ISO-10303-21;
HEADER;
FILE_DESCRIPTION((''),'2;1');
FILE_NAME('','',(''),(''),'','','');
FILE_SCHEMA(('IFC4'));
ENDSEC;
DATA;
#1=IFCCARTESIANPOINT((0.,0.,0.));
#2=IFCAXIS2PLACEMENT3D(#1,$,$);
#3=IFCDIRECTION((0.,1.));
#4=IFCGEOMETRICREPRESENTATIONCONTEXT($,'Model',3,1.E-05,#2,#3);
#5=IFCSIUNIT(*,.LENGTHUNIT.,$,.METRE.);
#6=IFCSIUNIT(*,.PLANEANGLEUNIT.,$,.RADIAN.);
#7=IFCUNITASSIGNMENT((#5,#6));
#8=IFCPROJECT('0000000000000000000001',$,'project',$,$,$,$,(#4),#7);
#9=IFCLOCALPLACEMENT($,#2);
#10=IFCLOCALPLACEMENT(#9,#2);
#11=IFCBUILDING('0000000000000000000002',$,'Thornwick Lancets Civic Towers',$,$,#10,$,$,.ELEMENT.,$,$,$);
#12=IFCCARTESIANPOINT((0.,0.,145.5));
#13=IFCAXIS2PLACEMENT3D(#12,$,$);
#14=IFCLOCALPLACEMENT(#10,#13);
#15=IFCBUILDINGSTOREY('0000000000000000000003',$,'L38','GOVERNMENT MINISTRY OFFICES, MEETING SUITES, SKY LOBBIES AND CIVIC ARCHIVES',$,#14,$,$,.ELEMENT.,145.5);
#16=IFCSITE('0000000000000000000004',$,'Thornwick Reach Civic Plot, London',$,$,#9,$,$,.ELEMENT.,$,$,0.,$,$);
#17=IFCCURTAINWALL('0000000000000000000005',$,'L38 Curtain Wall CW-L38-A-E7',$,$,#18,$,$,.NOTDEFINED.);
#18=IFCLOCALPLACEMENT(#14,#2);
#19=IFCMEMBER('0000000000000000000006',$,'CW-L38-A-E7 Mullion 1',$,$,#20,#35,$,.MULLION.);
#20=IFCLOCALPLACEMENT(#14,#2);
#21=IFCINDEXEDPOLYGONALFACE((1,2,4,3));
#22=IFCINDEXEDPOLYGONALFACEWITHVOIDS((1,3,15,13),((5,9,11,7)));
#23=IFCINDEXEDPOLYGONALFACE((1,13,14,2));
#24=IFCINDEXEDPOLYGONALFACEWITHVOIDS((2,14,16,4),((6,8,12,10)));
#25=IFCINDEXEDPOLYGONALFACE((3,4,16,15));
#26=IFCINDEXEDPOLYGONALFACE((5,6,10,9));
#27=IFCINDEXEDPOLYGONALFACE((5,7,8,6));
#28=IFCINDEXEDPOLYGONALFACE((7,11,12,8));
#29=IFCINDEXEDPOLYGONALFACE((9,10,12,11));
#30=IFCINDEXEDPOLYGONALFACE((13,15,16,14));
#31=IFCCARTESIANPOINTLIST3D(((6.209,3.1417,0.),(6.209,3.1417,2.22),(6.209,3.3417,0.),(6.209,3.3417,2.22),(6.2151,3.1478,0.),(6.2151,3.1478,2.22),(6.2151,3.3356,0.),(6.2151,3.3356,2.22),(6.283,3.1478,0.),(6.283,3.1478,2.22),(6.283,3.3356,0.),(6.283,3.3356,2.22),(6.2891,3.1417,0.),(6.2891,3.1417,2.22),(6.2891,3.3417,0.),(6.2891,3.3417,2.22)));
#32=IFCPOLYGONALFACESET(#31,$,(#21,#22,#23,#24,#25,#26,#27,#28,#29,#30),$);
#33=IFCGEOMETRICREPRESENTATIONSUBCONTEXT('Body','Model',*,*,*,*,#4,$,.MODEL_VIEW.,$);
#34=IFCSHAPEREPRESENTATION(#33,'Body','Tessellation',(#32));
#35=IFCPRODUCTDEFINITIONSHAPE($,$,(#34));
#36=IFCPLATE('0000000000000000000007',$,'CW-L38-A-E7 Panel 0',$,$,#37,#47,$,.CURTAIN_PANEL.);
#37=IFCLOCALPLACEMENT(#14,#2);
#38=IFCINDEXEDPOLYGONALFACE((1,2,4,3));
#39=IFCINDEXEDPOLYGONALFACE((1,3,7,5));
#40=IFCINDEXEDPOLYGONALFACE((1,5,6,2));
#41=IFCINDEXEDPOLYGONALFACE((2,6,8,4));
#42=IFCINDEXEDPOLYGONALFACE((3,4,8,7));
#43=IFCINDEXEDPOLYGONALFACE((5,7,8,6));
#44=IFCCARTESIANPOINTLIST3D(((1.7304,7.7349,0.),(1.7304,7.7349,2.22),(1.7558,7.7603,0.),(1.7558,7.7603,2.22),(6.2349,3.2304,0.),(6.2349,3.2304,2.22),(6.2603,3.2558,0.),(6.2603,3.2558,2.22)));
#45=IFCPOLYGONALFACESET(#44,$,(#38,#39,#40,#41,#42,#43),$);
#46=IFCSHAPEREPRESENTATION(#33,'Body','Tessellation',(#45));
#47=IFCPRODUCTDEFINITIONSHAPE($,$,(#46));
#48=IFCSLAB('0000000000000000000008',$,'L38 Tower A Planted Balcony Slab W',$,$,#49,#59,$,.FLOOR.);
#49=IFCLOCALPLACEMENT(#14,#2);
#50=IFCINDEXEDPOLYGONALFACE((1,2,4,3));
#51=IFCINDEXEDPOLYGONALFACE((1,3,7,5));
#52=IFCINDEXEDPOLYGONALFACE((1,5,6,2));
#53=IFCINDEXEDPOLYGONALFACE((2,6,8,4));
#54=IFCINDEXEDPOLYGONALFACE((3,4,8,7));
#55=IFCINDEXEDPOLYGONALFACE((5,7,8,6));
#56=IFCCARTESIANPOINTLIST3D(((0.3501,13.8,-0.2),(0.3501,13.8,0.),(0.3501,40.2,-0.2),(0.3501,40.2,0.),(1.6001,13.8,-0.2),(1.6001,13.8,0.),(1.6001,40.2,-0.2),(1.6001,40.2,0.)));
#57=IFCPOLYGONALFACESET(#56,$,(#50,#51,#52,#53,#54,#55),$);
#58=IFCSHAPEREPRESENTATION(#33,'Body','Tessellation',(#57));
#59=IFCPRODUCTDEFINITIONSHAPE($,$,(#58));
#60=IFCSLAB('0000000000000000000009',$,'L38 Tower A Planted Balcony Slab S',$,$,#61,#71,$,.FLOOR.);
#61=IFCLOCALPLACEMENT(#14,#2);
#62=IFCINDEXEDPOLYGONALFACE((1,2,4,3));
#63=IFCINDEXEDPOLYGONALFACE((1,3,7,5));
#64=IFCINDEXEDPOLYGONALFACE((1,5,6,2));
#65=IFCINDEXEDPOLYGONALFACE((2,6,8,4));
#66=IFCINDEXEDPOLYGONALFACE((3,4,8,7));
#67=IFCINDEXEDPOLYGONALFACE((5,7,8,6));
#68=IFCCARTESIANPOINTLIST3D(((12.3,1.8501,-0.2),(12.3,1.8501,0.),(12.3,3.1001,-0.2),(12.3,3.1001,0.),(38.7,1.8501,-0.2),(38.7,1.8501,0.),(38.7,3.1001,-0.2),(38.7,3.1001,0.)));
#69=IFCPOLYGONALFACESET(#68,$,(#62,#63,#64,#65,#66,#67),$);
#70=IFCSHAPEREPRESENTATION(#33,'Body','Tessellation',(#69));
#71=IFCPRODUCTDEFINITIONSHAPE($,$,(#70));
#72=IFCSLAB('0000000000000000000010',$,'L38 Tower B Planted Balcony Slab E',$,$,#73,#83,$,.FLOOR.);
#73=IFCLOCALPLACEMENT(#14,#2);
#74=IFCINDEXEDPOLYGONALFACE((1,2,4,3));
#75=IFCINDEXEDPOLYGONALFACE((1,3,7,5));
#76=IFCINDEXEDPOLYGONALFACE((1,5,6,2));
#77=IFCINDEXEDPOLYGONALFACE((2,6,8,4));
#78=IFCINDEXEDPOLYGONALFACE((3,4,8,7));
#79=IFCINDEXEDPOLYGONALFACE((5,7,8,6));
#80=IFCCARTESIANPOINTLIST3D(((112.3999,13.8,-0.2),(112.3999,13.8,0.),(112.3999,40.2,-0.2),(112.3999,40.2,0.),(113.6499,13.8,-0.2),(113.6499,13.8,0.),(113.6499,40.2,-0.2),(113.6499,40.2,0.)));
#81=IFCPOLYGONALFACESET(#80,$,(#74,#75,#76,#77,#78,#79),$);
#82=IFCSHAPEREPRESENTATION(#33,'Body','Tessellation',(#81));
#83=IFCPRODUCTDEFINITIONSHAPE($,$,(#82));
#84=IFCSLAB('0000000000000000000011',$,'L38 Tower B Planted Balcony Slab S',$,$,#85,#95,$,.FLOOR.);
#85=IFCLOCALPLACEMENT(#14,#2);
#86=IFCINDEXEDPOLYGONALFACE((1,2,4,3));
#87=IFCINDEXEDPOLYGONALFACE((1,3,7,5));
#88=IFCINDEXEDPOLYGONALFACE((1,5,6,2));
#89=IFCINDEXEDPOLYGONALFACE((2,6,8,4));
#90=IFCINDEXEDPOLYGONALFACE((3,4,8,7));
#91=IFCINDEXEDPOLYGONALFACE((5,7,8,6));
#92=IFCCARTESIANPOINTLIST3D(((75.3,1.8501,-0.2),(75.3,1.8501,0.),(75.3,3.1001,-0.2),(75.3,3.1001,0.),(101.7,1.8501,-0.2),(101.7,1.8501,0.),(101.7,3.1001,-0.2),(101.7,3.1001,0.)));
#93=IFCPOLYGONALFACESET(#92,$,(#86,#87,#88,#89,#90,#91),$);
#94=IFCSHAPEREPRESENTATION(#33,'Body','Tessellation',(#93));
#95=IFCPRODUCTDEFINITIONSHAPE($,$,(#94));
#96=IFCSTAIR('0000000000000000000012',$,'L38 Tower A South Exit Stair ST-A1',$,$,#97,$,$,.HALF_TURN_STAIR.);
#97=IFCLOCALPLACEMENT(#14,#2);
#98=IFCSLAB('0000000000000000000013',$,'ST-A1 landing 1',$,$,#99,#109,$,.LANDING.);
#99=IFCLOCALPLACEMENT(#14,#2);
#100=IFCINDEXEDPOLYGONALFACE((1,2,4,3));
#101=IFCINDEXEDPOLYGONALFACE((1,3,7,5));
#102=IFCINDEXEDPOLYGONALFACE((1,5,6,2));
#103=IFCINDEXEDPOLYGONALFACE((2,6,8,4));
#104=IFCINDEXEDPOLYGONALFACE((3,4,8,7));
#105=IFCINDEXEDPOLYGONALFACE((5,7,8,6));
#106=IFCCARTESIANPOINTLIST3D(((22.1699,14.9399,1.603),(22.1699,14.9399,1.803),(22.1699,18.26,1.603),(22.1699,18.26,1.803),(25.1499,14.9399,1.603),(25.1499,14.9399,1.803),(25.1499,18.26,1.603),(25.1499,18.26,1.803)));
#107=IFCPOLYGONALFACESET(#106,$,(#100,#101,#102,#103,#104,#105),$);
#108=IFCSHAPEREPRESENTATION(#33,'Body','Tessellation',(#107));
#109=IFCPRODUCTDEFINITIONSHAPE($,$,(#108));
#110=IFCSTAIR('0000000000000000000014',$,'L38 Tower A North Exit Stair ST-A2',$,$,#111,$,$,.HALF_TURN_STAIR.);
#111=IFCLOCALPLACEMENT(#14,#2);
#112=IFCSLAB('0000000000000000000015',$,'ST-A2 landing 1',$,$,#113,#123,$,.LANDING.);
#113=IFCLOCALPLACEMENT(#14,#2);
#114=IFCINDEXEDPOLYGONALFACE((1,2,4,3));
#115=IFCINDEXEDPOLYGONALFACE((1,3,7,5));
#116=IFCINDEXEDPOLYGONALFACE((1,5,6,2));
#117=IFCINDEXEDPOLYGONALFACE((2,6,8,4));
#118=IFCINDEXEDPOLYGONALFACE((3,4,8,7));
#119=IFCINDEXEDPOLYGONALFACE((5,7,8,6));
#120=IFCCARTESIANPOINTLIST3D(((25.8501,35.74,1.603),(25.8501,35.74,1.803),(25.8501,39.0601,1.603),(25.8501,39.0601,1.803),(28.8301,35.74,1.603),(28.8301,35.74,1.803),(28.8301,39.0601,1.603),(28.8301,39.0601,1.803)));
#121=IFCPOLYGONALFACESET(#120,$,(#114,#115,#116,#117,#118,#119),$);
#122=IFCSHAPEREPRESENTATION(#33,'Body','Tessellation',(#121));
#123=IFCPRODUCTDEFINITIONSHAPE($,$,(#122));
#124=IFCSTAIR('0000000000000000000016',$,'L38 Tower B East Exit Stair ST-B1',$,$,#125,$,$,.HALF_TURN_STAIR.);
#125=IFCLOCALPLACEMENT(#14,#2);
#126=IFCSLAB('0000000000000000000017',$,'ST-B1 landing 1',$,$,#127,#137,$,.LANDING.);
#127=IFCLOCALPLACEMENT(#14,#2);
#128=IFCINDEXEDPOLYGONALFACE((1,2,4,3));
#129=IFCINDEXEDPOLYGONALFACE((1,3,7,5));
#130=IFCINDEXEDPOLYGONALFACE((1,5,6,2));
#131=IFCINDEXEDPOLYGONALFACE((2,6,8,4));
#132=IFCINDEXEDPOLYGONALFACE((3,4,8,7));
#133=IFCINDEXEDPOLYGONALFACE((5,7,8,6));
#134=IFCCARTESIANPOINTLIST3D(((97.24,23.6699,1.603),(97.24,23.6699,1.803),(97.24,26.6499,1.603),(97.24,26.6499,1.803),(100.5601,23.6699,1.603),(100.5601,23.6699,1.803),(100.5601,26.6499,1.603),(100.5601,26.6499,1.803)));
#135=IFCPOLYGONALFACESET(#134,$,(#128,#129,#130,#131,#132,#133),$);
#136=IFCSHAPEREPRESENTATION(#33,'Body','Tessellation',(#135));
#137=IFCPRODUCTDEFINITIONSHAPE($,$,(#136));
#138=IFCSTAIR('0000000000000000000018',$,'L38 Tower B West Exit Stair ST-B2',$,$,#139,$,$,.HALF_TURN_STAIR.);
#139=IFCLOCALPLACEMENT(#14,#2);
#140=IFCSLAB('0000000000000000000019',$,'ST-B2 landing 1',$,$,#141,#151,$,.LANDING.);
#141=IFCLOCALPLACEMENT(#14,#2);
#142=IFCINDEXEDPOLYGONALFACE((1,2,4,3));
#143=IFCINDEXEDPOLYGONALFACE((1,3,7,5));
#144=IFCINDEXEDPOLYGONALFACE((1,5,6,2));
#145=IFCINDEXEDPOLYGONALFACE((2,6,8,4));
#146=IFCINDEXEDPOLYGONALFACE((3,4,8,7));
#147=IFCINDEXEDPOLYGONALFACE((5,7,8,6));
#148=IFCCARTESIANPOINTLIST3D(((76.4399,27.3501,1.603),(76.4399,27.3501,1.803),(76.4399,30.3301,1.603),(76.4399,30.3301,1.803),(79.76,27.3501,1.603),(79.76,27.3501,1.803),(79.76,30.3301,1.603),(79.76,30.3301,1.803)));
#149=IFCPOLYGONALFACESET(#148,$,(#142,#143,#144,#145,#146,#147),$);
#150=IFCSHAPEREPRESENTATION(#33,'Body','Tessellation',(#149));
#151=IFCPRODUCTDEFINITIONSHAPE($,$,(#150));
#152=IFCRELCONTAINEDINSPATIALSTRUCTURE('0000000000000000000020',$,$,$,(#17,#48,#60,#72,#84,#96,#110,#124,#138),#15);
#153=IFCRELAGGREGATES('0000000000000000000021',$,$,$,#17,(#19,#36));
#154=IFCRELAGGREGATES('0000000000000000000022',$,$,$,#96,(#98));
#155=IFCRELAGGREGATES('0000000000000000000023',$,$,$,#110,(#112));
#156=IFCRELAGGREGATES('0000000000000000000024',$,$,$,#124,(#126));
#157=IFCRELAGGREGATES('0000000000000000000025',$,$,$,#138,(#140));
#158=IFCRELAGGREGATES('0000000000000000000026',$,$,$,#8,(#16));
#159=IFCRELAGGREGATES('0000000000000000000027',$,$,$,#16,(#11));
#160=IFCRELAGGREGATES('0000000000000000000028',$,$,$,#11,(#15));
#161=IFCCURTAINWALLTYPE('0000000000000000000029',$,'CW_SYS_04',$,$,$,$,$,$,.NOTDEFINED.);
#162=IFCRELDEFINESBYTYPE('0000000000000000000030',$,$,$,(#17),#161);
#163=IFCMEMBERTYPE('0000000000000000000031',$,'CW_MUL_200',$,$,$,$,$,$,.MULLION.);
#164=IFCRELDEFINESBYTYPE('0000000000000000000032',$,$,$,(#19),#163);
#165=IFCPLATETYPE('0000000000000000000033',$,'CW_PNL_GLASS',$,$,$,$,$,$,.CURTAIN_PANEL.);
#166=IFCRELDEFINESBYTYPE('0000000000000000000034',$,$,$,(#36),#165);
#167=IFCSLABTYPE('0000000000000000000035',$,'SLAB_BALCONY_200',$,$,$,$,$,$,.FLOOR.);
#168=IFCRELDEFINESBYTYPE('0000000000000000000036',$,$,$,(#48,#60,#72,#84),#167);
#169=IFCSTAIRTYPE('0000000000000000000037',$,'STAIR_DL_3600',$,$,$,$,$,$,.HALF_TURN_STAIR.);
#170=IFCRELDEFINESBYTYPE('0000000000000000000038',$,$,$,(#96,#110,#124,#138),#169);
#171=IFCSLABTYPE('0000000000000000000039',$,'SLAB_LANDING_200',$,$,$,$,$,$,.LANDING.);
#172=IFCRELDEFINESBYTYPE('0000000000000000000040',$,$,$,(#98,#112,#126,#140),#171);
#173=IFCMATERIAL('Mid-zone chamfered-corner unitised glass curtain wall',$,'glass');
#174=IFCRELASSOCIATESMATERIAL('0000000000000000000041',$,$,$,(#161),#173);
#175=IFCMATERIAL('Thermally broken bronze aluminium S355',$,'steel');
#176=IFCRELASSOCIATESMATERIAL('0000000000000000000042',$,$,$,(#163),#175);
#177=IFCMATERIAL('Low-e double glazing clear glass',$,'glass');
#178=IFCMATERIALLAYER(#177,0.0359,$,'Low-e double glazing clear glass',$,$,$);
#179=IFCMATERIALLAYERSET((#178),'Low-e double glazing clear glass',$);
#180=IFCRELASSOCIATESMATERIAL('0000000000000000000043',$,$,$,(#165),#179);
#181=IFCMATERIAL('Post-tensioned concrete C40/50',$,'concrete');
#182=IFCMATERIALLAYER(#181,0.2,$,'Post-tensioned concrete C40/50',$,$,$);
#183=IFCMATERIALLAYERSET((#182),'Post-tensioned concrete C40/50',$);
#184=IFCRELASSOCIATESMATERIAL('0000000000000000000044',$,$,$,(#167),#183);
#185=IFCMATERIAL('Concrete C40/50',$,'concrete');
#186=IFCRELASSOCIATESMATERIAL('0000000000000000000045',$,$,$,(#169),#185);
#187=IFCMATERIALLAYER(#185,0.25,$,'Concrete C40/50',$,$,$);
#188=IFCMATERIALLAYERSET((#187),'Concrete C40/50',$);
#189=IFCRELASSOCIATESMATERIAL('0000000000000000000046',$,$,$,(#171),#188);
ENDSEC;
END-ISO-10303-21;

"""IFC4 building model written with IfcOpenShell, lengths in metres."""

from ifc_helpers import new_model, si_unit, direction, frame, origin, origin_2d, place, context, subcontext, project, spatial, polyline, rectangle, hollow_rectangle, outline, extrude, material, layer, layer_set, material_profile, profile_set, type_object, element, aggregate, save


model = new_model("IFC4")

# Units and contexts
model_context = context("Model", 3, precision=1e-05, world=origin(), true_north=direction((0.0, 1.0)))
body_context = subcontext(model_context, "Body", "Model", "MODEL_VIEW")
ifc_project = project(units=[si_unit("LENGTHUNIT", "METRE"), si_unit("PLANEANGLEUNIT", "RADIAN")], contexts=[model_context])

# Site, building, storey
site_placement = place(None, origin())
site = spatial("IfcSite", under=ifc_project, at=site_placement, Name="Thornwick Reach Civic Plot, London", CompositionType="ELEMENT", RefElevation=0.0)
building_placement = place(site_placement, origin())
building = spatial("IfcBuilding", under=site, at=building_placement, Name="Thornwick Lancets Civic Towers", CompositionType="ELEMENT")
storey_placement = place(building_placement, frame((0.0, 0.0, 145.5)))
storey = spatial("IfcBuildingStorey", under=building, at=storey_placement, Name="L38", Description="GOVERNMENT MINISTRY OFFICES, MEETING SUITES, SKY LOBBIES AND CIVIC ARCHIVES", CompositionType="ELEMENT", Elevation=145.5)

# Curtain wall, member, plate
ifc_material_1 = material(Name="Mid-zone chamfered-corner unitised glass curtain wall", Category="glass")
curtain_wall_type = type_object("IfcCurtainWallType", Name="CW_SYS_04", PredefinedType="NOTDEFINED", material=ifc_material_1)
curtain_wall_placement = place(storey_placement, origin())
curtain_wall = element("IfcCurtainWall", 1, at=curtain_wall_placement, inside=storey, type_object=curtain_wall_type, Name="L38 Curtain Wall CW-L38-A-E7", PredefinedType="NOTDEFINED")
ifc_material_2 = material(Name="Thermally broken bronze aluminium S355", Category="steel")
ifc_material_profile = material_profile(ifc_material_2, hollow_rectangle(XDim=0.0801, YDim=0.2, WallThickness=0.0061, at=origin_2d()), Name="RHS 200x80x6")
ifc_profile_set = profile_set([ifc_material_profile], Name="Thermally broken bronze aluminium S355")
member_type = type_object("IfcMemberType", Name="CW_MUL_200", PredefinedType="MULLION", material=ifc_profile_set)
member_placement = place(storey_placement, frame((6.249, 3.2417, 0.0), z_axis=(0.0, 0.0, 1.0), x_axis=(1.0, 0.0, 0.0)))
member = element("IfcMember", 2, at=member_placement, type_object=member_type, Name="CW-L38-A-E7 Mullion 1", PredefinedType="MULLION", context=body_context, shape_type="SweptSolid", body=[
    extrude(hollow_rectangle(XDim=0.0801, YDim=0.2, WallThickness=0.0061, at=origin_2d()), origin(), (0.0, 0.0, 1.0), 2.22),
])
ifc_material_3 = material(Name="Low-e double glazing clear glass", Category="glass")
ifc_layer_1 = layer(ifc_material_3, 0.0359, Name="Low-e double glazing clear glass")
ifc_layer_set_1 = layer_set([ifc_layer_1], Name="Low-e double glazing clear glass")
plate_type = type_object("IfcPlateType", Name="CW_PNL_GLASS", PredefinedType="CURTAIN_PANEL", material=ifc_layer_set_1)
plate_placement = place(storey_placement, frame((3.9954, 5.4954, 0.0), z_axis=(0.0, 0.0, 1.0), x_axis=(0.707107, -0.707107, 0.0)))
plate = element("IfcPlate", 3, at=plate_placement, type_object=plate_type, Name="CW-L38-A-E7 Panel 0", PredefinedType="CURTAIN_PANEL", context=body_context, shape_type="SweptSolid", body=[
    extrude(rectangle(XDim=6.3704, YDim=0.0359, at=origin_2d()), origin(), (0.0, 0.0, 1.0), 2.22),
])
aggregate(curtain_wall, [member, plate])

# Slabs
ifc_material_4 = material(Name="Post-tensioned concrete C40/50", Category="concrete")
ifc_layer_2 = layer(ifc_material_4, 0.2, Name="Post-tensioned concrete C40/50")
ifc_layer_set_2 = layer_set([ifc_layer_2], Name="Post-tensioned concrete C40/50")
slab_type_1 = type_object("IfcSlabType", Name="SLAB_BALCONY_200", PredefinedType="FLOOR", material=ifc_layer_set_2)
slab_1_placement = place(storey_placement, frame((0.0, 0.0, -0.2)))
element("IfcSlab", 4, at=slab_1_placement, inside=storey, type_object=slab_type_1, Name="L38 Tower A Planted Balcony Slab W", PredefinedType="FLOOR", context=body_context, shape_type="SweptSolid", body=[
    extrude(outline(polyline([(0.3501, 13.8), (1.6001, 13.8), (1.6001, 40.2), (0.3501, 40.2), (0.3501, 13.8)])), origin(), (0.0, 0.0, 1.0), 0.2),
])
slab_2_placement = place(storey_placement, frame((0.0, 0.0, -0.2)))
element("IfcSlab", 5, at=slab_2_placement, inside=storey, type_object=slab_type_1, Name="L38 Tower A Planted Balcony Slab S", PredefinedType="FLOOR", context=body_context, shape_type="SweptSolid", body=[
    extrude(outline(polyline([(12.3, 1.8501), (38.7, 1.8501), (38.7, 3.1001), (12.3, 3.1001), (12.3, 1.8501)])), origin(), (0.0, 0.0, 1.0), 0.2),
])
slab_3_placement = place(storey_placement, frame((0.0, 0.0, -0.2)))
element("IfcSlab", 6, at=slab_3_placement, inside=storey, type_object=slab_type_1, Name="L38 Tower B Planted Balcony Slab E", PredefinedType="FLOOR", context=body_context, shape_type="SweptSolid", body=[
    extrude(outline(polyline([(112.3999, 13.8), (113.6499, 13.8), (113.6499, 40.2), (112.3999, 40.2), (112.3999, 13.8)])), origin(), (0.0, 0.0, 1.0), 0.2),
])
slab_4_placement = place(storey_placement, frame((0.0, 0.0, -0.2)))
element("IfcSlab", 7, at=slab_4_placement, inside=storey, type_object=slab_type_1, Name="L38 Tower B Planted Balcony Slab S", PredefinedType="FLOOR", context=body_context, shape_type="SweptSolid", body=[
    extrude(outline(polyline([(75.3, 1.8501), (101.7, 1.8501), (101.7, 3.1001), (75.3, 3.1001), (75.3, 1.8501)])), origin(), (0.0, 0.0, 1.0), 0.2),
])

# Stairs, slabs
ifc_material_5 = material(Name="Concrete C40/50", Category="concrete")
stair_type = type_object("IfcStairType", Name="STAIR_DL_3600", PredefinedType="HALF_TURN_STAIR", material=ifc_material_5)
stair_1_placement = place(storey_placement, origin())
stair_1 = element("IfcStair", 8, at=stair_1_placement, inside=storey, type_object=stair_type, Name="L38 Tower A South Exit Stair ST-A1", PredefinedType="HALF_TURN_STAIR")
ifc_layer_3 = layer(ifc_material_5, 0.25, Name="Concrete C40/50")
ifc_layer_set_3 = layer_set([ifc_layer_3], Name="Concrete C40/50")
slab_type_2 = type_object("IfcSlabType", Name="SLAB_LANDING_200", PredefinedType="LANDING", material=ifc_layer_set_3)
slab_5_placement = place(storey_placement, frame((0.0, 0.0, 1.603)))
slab_5 = element("IfcSlab", 9, at=slab_5_placement, type_object=slab_type_2, Name="ST-A1 landing 1", PredefinedType="LANDING", context=body_context, shape_type="SweptSolid", body=[
    extrude(outline(polyline([(22.1699, 14.9399), (25.1499, 14.9399), (25.1499, 18.26), (22.1699, 18.26), (22.1699, 14.9399)])), origin(), (0.0, 0.0, 1.0), 0.2),
])
aggregate(stair_1, [slab_5])
stair_2_placement = place(storey_placement, origin())
stair_2 = element("IfcStair", 10, at=stair_2_placement, inside=storey, type_object=stair_type, Name="L38 Tower A North Exit Stair ST-A2", PredefinedType="HALF_TURN_STAIR")
slab_6_placement = place(storey_placement, frame((0.0, 0.0, 1.603)))
slab_6 = element("IfcSlab", 11, at=slab_6_placement, type_object=slab_type_2, Name="ST-A2 landing 1", PredefinedType="LANDING", context=body_context, shape_type="SweptSolid", body=[
    extrude(outline(polyline([(28.8301, 39.0601), (25.8501, 39.0601), (25.8501, 35.74), (28.8301, 35.74), (28.8301, 39.0601)])), origin(), (0.0, 0.0, 1.0), 0.2),
])
aggregate(stair_2, [slab_6])
stair_3_placement = place(storey_placement, origin())
stair_3 = element("IfcStair", 12, at=stair_3_placement, inside=storey, type_object=stair_type, Name="L38 Tower B East Exit Stair ST-B1", PredefinedType="HALF_TURN_STAIR")
slab_7_placement = place(storey_placement, frame((0.0, 0.0, 1.603)))
slab_7 = element("IfcSlab", 13, at=slab_7_placement, type_object=slab_type_2, Name="ST-B1 landing 1", PredefinedType="LANDING", context=body_context, shape_type="SweptSolid", body=[
    extrude(outline(polyline([(100.5601, 23.6699), (100.5601, 26.6499), (97.24, 26.6499), (97.24, 23.6699), (100.5601, 23.6699)])), origin(), (0.0, 0.0, 1.0), 0.2),
])
aggregate(stair_3, [slab_7])
stair_4_placement = place(storey_placement, origin())
stair_4 = element("IfcStair", 14, at=stair_4_placement, inside=storey, type_object=stair_type, Name="L38 Tower B West Exit Stair ST-B2", PredefinedType="HALF_TURN_STAIR")
slab_8_placement = place(storey_placement, frame((0.0, 0.0, 1.603)))
slab_8 = element("IfcSlab", 15, at=slab_8_placement, type_object=slab_type_2, Name="ST-B2 landing 1", PredefinedType="LANDING", context=body_context, shape_type="SweptSolid", body=[
    extrude(outline(polyline([(76.4399, 30.3301), (76.4399, 27.3501), (79.76, 27.3501), (79.76, 30.3301), (76.4399, 30.3301)])), origin(), (0.0, 0.0, 1.0), 0.2),
])
aggregate(stair_4, [slab_8])

save(model, "model.ifc")
